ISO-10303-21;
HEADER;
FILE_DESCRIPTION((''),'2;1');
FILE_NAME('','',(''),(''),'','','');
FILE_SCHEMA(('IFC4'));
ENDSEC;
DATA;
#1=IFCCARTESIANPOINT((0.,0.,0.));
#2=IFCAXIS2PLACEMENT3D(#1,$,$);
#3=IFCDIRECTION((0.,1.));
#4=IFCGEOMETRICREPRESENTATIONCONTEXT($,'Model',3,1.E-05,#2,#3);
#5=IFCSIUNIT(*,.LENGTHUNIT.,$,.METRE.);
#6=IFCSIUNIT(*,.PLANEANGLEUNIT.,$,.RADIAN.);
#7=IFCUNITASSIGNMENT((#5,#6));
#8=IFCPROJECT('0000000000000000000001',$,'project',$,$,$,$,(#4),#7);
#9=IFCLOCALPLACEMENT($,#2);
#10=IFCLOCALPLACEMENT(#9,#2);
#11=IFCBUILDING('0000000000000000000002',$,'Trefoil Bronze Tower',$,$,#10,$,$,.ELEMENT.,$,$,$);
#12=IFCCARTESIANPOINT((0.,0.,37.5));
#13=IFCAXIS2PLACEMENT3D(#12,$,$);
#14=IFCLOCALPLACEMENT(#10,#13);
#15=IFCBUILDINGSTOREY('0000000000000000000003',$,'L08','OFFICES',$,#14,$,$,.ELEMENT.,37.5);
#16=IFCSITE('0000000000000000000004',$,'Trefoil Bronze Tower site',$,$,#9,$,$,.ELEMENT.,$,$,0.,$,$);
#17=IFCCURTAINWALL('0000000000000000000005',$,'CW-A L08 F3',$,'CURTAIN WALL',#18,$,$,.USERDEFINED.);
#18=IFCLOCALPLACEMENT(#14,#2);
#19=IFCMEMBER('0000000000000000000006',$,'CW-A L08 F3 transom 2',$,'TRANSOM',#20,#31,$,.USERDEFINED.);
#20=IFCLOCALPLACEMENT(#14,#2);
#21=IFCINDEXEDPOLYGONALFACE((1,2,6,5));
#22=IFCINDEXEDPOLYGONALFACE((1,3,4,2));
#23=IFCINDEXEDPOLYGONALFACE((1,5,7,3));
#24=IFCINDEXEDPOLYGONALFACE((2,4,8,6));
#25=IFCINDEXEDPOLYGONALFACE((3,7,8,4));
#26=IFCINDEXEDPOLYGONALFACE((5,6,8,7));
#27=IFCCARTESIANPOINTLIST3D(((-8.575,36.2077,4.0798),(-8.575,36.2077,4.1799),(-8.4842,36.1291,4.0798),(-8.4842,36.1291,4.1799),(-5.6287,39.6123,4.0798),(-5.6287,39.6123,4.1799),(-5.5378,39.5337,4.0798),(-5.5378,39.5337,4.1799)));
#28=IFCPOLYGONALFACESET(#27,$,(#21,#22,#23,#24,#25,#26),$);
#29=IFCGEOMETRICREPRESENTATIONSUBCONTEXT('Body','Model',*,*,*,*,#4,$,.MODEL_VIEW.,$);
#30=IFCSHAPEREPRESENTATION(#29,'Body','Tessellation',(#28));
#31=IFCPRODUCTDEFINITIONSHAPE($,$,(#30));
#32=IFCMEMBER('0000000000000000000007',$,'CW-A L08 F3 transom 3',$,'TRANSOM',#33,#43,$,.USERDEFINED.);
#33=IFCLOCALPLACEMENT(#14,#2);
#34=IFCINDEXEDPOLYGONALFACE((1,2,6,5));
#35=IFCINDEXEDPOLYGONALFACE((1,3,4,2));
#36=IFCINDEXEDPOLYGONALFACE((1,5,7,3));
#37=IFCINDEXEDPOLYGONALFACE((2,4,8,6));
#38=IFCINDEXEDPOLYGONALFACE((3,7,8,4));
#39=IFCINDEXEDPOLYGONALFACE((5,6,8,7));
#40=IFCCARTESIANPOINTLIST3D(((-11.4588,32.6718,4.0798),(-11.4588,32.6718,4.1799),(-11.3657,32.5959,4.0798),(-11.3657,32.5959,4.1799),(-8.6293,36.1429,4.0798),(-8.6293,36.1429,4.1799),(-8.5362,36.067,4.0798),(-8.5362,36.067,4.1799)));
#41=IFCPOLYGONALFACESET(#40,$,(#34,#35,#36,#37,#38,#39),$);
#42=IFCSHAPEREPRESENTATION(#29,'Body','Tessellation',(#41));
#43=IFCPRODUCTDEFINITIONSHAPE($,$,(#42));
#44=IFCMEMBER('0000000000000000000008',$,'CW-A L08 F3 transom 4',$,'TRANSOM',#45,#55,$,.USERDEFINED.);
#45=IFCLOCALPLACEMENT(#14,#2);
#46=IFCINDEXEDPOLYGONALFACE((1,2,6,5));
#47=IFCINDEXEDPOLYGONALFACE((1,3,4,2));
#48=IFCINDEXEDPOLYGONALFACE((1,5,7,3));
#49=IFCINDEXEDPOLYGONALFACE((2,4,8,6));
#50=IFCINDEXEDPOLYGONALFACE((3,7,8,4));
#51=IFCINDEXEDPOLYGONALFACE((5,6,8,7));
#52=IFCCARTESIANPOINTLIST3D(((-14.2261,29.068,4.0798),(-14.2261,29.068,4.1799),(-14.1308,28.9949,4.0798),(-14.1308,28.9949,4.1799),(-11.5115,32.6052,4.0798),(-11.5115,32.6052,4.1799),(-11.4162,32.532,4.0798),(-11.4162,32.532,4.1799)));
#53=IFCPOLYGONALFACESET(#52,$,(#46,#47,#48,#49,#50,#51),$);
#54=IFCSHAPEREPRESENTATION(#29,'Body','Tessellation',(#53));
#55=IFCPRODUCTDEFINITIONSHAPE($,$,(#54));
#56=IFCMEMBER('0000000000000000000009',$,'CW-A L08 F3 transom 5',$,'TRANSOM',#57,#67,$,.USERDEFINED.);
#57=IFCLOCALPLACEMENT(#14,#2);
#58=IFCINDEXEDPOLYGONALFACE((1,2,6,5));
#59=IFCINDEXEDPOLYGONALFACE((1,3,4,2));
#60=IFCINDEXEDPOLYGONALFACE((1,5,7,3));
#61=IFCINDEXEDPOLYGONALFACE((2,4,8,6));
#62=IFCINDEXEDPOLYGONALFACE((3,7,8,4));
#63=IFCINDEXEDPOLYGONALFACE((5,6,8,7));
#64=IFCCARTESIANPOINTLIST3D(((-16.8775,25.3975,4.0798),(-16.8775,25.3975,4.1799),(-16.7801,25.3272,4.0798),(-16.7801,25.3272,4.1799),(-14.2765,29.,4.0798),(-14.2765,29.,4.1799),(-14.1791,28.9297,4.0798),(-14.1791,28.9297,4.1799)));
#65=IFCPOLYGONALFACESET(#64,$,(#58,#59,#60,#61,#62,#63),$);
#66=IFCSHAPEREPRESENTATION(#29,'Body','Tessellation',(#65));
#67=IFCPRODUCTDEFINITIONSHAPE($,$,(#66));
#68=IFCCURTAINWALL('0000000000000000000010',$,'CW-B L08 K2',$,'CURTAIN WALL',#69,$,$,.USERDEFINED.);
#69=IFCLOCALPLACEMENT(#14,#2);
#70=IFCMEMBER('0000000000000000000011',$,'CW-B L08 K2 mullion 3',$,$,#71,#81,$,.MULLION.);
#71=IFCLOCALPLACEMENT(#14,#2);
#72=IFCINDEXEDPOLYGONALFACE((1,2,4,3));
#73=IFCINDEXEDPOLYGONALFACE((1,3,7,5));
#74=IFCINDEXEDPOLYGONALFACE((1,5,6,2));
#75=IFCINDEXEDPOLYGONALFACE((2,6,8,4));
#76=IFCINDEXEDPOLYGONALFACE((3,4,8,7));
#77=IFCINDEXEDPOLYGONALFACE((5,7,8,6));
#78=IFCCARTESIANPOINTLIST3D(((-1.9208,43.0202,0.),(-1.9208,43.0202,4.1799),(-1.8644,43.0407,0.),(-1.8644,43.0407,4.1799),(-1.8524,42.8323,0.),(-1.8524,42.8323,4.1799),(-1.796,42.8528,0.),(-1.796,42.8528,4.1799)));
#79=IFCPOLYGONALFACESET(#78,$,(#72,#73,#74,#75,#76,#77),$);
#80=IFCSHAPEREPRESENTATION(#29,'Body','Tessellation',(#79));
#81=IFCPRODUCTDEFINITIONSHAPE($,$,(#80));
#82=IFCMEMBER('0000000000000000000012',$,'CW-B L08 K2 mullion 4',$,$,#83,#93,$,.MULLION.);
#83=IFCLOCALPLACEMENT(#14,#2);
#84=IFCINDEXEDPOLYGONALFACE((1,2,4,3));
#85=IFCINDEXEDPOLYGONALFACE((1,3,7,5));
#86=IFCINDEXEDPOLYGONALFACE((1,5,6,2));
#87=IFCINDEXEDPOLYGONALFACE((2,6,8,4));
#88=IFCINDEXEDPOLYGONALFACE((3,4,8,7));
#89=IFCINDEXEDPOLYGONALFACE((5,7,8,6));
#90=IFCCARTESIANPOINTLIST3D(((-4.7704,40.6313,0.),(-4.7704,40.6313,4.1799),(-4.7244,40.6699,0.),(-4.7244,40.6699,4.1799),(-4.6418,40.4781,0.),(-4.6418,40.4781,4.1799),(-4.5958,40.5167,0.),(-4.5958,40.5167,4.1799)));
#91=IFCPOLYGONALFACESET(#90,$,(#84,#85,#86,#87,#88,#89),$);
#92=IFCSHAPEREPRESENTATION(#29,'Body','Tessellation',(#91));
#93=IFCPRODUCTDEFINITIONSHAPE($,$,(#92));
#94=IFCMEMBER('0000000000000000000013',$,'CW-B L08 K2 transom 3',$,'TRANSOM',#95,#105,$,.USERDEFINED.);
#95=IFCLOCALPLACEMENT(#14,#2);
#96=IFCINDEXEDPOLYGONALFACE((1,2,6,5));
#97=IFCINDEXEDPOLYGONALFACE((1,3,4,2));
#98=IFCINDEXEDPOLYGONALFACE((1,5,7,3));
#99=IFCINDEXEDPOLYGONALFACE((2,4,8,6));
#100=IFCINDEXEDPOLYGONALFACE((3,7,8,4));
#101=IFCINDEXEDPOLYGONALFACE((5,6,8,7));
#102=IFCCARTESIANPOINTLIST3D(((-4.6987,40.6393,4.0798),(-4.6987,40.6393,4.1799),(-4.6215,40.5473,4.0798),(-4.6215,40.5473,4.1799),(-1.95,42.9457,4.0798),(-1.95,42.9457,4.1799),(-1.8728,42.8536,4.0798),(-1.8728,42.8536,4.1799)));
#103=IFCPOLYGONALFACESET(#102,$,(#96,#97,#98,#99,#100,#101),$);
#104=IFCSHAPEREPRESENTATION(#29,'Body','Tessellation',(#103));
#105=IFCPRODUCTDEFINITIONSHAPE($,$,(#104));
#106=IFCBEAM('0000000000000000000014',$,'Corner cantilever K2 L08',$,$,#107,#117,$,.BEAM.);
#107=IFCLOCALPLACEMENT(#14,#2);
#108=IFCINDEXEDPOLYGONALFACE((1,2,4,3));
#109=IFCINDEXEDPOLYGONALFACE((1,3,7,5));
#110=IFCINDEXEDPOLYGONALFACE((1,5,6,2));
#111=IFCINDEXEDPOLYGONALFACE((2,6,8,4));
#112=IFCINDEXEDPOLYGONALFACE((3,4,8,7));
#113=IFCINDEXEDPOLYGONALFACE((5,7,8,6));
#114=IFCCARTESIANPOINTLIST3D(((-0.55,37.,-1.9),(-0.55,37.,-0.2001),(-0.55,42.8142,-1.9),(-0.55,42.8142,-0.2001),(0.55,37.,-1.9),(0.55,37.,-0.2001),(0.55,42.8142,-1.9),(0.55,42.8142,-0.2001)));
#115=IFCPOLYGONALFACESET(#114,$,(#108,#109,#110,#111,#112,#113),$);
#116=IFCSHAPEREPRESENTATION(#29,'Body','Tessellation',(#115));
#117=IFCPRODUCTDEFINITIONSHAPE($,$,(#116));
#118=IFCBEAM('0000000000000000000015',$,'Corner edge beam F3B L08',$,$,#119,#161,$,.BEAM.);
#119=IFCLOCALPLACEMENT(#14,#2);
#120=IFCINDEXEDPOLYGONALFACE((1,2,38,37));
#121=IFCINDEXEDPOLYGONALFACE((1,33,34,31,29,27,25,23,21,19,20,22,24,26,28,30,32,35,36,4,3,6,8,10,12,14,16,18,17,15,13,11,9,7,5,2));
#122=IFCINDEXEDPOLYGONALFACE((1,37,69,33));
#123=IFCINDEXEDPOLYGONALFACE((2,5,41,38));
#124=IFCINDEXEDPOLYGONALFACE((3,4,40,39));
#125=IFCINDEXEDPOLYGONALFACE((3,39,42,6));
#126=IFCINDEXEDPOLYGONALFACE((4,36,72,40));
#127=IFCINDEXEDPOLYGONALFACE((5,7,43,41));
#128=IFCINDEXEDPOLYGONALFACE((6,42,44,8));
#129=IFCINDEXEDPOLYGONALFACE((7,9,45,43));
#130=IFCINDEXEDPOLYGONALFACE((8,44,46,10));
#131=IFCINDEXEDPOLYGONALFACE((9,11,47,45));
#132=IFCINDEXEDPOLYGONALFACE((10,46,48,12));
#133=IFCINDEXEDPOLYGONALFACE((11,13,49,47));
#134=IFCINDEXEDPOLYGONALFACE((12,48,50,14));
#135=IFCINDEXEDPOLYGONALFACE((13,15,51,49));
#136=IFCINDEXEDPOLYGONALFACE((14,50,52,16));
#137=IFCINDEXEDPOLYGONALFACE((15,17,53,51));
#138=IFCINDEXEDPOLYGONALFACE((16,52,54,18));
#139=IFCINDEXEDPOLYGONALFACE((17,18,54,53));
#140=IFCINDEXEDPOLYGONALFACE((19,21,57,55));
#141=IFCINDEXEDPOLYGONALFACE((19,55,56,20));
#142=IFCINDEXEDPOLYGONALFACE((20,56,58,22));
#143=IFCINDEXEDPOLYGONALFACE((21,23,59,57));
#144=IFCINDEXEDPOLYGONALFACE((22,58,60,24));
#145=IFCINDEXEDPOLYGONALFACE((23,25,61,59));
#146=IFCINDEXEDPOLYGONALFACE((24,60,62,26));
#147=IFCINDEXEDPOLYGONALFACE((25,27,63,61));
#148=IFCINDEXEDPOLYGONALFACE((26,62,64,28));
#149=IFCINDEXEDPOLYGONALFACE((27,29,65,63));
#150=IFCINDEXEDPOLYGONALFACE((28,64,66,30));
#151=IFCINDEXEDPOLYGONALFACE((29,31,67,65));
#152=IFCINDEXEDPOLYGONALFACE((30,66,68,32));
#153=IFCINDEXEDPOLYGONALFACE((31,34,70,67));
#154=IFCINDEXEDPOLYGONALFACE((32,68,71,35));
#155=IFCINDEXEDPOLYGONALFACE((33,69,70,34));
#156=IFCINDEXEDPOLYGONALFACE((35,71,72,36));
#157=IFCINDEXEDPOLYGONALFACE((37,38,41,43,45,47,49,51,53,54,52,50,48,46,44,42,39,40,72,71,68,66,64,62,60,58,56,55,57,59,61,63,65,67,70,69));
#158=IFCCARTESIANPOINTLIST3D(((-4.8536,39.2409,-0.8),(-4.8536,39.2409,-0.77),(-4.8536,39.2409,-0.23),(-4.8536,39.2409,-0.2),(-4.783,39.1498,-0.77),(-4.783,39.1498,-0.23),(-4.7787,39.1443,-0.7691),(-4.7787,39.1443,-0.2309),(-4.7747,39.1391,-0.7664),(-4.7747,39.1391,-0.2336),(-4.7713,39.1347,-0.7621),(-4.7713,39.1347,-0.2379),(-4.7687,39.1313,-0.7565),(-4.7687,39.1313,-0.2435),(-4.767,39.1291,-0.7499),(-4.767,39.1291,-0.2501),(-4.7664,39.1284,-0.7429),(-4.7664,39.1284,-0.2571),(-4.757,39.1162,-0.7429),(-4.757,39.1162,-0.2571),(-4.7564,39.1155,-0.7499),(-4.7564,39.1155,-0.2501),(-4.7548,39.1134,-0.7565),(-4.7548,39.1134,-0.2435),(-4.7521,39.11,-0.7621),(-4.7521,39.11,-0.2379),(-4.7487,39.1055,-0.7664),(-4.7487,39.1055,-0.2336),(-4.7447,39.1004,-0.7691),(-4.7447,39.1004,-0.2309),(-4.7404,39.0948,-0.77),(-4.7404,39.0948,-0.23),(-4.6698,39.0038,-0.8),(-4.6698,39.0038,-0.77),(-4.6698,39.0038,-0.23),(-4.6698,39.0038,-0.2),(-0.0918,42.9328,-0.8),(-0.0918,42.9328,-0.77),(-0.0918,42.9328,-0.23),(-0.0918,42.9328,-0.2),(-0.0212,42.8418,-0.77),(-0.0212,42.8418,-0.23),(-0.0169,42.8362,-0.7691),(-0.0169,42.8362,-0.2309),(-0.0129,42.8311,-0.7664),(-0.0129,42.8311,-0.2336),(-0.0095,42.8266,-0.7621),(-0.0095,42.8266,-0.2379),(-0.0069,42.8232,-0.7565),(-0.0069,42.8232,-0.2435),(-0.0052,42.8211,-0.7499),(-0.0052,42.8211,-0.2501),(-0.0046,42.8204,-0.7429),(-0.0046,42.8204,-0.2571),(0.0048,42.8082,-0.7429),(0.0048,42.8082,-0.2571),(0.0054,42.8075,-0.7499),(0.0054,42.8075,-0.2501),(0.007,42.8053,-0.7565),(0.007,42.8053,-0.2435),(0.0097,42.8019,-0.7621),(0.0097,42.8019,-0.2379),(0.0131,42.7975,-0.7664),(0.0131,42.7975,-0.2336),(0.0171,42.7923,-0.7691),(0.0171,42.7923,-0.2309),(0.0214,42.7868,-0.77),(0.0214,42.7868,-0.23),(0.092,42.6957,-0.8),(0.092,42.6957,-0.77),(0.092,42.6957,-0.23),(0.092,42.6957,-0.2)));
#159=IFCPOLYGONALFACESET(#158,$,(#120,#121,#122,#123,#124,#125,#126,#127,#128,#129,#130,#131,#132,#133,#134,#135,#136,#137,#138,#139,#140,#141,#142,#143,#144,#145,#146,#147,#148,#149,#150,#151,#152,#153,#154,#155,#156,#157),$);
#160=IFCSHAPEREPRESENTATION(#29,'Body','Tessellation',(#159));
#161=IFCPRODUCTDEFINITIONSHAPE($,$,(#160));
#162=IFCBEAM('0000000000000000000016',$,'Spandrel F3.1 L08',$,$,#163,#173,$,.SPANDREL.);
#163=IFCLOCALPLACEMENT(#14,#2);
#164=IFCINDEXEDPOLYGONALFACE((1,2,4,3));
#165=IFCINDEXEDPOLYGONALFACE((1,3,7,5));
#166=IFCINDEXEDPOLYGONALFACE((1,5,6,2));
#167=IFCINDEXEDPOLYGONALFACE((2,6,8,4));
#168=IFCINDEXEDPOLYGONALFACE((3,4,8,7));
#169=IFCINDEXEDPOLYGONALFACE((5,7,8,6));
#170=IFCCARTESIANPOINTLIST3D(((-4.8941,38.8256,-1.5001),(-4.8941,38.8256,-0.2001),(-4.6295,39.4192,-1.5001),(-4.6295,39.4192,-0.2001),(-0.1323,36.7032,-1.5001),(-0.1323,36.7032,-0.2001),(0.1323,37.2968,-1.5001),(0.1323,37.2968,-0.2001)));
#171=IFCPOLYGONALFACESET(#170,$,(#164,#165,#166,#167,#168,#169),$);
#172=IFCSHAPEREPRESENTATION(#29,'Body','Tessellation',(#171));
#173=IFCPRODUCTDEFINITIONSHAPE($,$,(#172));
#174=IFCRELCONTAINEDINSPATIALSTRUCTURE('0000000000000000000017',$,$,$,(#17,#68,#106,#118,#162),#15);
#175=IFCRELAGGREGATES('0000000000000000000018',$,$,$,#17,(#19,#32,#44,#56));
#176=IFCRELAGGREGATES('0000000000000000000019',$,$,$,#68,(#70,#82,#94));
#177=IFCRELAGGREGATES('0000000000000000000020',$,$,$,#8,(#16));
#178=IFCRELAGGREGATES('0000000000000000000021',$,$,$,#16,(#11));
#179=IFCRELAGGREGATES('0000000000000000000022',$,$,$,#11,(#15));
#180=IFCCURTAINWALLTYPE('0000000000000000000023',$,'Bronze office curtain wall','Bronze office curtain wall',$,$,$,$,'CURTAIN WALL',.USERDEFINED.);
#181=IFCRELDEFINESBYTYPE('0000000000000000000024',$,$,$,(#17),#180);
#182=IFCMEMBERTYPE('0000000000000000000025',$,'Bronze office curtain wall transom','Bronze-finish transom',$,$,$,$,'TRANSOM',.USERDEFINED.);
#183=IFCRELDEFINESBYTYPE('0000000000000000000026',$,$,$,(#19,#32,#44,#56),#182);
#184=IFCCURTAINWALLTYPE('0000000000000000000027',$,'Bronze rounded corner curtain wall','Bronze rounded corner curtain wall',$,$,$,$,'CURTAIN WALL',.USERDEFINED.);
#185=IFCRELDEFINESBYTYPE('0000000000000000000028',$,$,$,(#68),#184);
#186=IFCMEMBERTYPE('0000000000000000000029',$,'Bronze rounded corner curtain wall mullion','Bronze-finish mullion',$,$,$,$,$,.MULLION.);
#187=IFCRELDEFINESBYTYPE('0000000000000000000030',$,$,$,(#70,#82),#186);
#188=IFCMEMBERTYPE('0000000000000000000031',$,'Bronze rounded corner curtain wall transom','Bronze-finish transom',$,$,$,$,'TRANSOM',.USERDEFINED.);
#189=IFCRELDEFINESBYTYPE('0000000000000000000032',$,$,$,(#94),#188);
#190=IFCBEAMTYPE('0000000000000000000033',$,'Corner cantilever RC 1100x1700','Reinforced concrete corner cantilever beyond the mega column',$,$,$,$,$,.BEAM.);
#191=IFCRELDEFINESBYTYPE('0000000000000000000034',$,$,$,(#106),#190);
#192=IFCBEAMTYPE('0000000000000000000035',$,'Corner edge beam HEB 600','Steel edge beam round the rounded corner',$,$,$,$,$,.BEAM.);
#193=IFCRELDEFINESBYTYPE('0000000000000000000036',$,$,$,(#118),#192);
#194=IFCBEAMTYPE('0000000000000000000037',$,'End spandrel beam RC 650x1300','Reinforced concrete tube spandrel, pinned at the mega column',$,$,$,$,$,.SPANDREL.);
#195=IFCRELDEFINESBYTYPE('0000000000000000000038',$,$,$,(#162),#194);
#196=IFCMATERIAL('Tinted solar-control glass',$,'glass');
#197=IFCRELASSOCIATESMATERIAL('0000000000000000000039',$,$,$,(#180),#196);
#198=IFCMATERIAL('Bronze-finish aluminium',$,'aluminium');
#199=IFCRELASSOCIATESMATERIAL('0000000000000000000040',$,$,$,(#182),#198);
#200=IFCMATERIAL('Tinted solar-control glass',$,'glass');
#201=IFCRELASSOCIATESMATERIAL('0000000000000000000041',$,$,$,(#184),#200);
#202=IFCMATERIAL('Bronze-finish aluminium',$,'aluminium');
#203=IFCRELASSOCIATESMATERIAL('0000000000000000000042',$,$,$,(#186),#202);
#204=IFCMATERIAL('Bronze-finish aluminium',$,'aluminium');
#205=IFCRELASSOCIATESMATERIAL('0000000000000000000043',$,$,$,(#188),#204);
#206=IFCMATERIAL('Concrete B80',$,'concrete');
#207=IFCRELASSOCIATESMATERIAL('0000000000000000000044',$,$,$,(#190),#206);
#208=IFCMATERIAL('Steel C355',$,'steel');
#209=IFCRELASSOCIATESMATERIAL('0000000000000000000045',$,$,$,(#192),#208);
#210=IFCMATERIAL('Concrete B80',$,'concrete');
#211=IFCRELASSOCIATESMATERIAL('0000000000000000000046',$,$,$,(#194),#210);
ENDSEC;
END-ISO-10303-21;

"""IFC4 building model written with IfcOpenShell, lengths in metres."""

from ifc_helpers import new_model, si_unit, direction, frame, origin, origin_2d, place, context, subcontext, project, spatial, rectangle, i_section, extrude, material, material_profile, profile_set, type_object, element, aggregate, save


model = new_model("IFC4")

# Units and contexts
model_context = context("Model", 3, precision=1e-05, world=origin(), true_north=direction((0.0, 1.0)))
body_context = subcontext(model_context, "Body", "Model", "MODEL_VIEW")
ifc_project = project(units=[si_unit("LENGTHUNIT", "METRE"), si_unit("PLANEANGLEUNIT", "RADIAN")], contexts=[model_context])

# Site, building, storey
site_placement = place(None, origin())
site = spatial("IfcSite", under=ifc_project, at=site_placement, Name="Trefoil Bronze Tower site", CompositionType="ELEMENT", RefElevation=0.0)
building_placement = place(site_placement, origin())
building = spatial("IfcBuilding", under=site, at=building_placement, Name="Trefoil Bronze Tower", CompositionType="ELEMENT")
storey_placement = place(building_placement, frame((0.0, 0.0, 37.5)))
storey = spatial("IfcBuildingStorey", under=building, at=storey_placement, Name="L08", Description="OFFICES", CompositionType="ELEMENT", Elevation=37.5)

# Curtain walls, members
ifc_material_1 = material(Name="Tinted solar-control glass", Category="glass")
curtain_wall_type_1 = type_object("IfcCurtainWallType", Name="Bronze office curtain wall", Description="Bronze office curtain wall", ElementType="CURTAIN WALL", PredefinedType="USERDEFINED", material=ifc_material_1)
curtain_wall_1_placement = place(storey_placement, origin())
curtain_wall_1 = element("IfcCurtainWall", 1, at=curtain_wall_1_placement, inside=storey, type_object=curtain_wall_type_1, Name="CW-A L08 F3", ObjectType="CURTAIN WALL", PredefinedType="USERDEFINED")
ifc_material_2 = material(Name="Bronze-finish aluminium", Category="aluminium")
ifc_material_profile_1 = material_profile(ifc_material_2, rectangle(XDim=0.1201, YDim=0.1001, at=origin_2d()), Name="CW-A transom")
ifc_profile_set_1 = profile_set([ifc_material_profile_1], Name="Bronze-finish aluminium")
member_type_1 = type_object("IfcMemberType", Name="Bronze office curtain wall transom", Description="Bronze-finish transom", ElementType="TRANSOM", PredefinedType="USERDEFINED", material=ifc_profile_set_1)
member_1_placement = place(storey_placement, frame((-5.5833, 39.573, 4.1299), z_axis=(-0.654383, -0.756163, 0.0), x_axis=(0.756163, -0.654383, 0.0)))
member_1 = element("IfcMember", 2, at=member_1_placement, type_object=member_type_1, Name="CW-A L08 F3 transom 2", ObjectType="TRANSOM", PredefinedType="USERDEFINED", context=body_context, shape_type="SweptSolid", body=[
    extrude(rectangle(XDim=0.1201, YDim=0.1001, at=origin_2d()), origin(), (0.0, 0.0, 1.0), 4.5024),
])
member_2_placement = place(storey_placement, frame((-8.5828, 36.105, 4.1299), z_axis=(-0.631836, -0.775102, 0.0), x_axis=(0.775102, -0.631836, 0.0)))
member_2 = element("IfcMember", 3, at=member_2_placement, type_object=member_type_1, Name="CW-A L08 F3 transom 3", ObjectType="TRANSOM", PredefinedType="USERDEFINED", context=body_context, shape_type="SweptSolid", body=[
    extrude(rectangle(XDim=0.1201, YDim=0.1001, at=origin_2d()), origin(), (0.0, 0.0, 1.0), 4.4783),
])
member_3_placement = place(storey_placement, frame((-11.4639, 32.5686, 4.1299), z_axis=(-0.608829, -0.793301, 0.0), x_axis=(0.793301, -0.608829, 0.0)))
member_3 = element("IfcMember", 4, at=member_3_placement, type_object=member_type_1, Name="CW-A L08 F3 transom 4", ObjectType="TRANSOM", PredefinedType="USERDEFINED", context=body_context, shape_type="SweptSolid", body=[
    extrude(rectangle(XDim=0.1201, YDim=0.1001, at=origin_2d()), origin(), (0.0, 0.0, 1.0), 4.4587),
])
member_4_placement = place(storey_placement, frame((-14.2278, 28.9648, 4.1299), z_axis=(-0.585378, -0.81076, 0.0), x_axis=(0.81076, -0.585378, 0.0)))
member_4 = element("IfcMember", 5, at=member_4_placement, type_object=member_type_1, Name="CW-A L08 F3 transom 5", ObjectType="TRANSOM", PredefinedType="USERDEFINED", context=body_context, shape_type="SweptSolid", body=[
    extrude(rectangle(XDim=0.1201, YDim=0.1001, at=origin_2d()), origin(), (0.0, 0.0, 1.0), 4.4434),
])
ifc_material_3 = material(Name="Tinted solar-control glass", Category="glass")
curtain_wall_type_2 = type_object("IfcCurtainWallType", Name="Bronze rounded corner curtain wall", Description="Bronze rounded corner curtain wall", ElementType="CURTAIN WALL", PredefinedType="USERDEFINED", material=ifc_material_3)
curtain_wall_2_placement = place(storey_placement, origin())
curtain_wall_2 = element("IfcCurtainWall", 6, at=curtain_wall_2_placement, inside=storey, type_object=curtain_wall_type_2, Name="CW-B L08 K2", ObjectType="CURTAIN WALL", PredefinedType="USERDEFINED")
ifc_material_4 = material(Name="Bronze-finish aluminium", Category="aluminium")
ifc_material_profile_2 = material_profile(ifc_material_4, rectangle(XDim=0.2, YDim=0.0601, at=origin_2d()), Name="CW-B mullion")
ifc_profile_set_2 = profile_set([ifc_material_profile_2], Name="Bronze-finish aluminium")
member_type_2 = type_object("IfcMemberType", Name="Bronze rounded corner curtain wall mullion", Description="Bronze-finish mullion", PredefinedType="MULLION", material=ifc_profile_set_2)
member_5_placement = place(storey_placement, frame((-1.8584, 42.9365, 0.0), z_axis=(0.0, 0.0, 1.0), x_axis=(0.34202, -0.939693, 0.0)))
member_5 = element("IfcMember", 7, at=member_5_placement, type_object=member_type_2, Name="CW-B L08 K2 mullion 3", PredefinedType="MULLION", context=body_context, shape_type="SweptSolid", body=[
    extrude(rectangle(XDim=0.2, YDim=0.0601, at=origin_2d()), origin(), (0.0, 0.0, 1.0), 4.1799),
])
member_6_placement = place(storey_placement, frame((-4.6831, 40.574, 0.0), z_axis=(0.0, 0.0, 1.0), x_axis=(0.642788, -0.766044, 0.0)))
member_6 = element("IfcMember", 8, at=member_6_placement, type_object=member_type_2, Name="CW-B L08 K2 mullion 4", PredefinedType="MULLION", context=body_context, shape_type="SweptSolid", body=[
    extrude(rectangle(XDim=0.2, YDim=0.0601, at=origin_2d()), origin(), (0.0, 0.0, 1.0), 4.1799),
])
ifc_material_5 = material(Name="Bronze-finish aluminium", Category="aluminium")
ifc_material_profile_3 = material_profile(ifc_material_5, rectangle(XDim=0.1201, YDim=0.1001, at=origin_2d()), Name="CW-B transom")
ifc_profile_set_3 = profile_set([ifc_material_profile_3], Name="Bronze-finish aluminium")
member_type_3 = type_object("IfcMemberType", Name="Bronze rounded corner curtain wall transom", Description="Bronze-finish transom", ElementType="TRANSOM", PredefinedType="USERDEFINED", material=ifc_profile_set_3)
member_7_placement = place(storey_placement, frame((-1.9114, 42.8997, 4.1299), z_axis=(-0.766059, -0.642771, 0.0), x_axis=(0.642771, -0.766059, 0.0)))
member_7 = element("IfcMember", 9, at=member_7_placement, type_object=member_type_3, Name="CW-B L08 K2 transom 3", ObjectType="TRANSOM", PredefinedType="USERDEFINED", context=body_context, shape_type="SweptSolid", body=[
    extrude(rectangle(XDim=0.1201, YDim=0.1001, at=origin_2d()), origin(), (0.0, 0.0, 1.0), 3.5881),
])

# Beams
ifc_material_6 = material(Name="Concrete B80", Category="concrete")
ifc_material_profile_4 = material_profile(ifc_material_6, rectangle(XDim=1.1001, YDim=1.7, at=origin_2d()), Name="RC 1100x1700")
ifc_profile_set_4 = profile_set([ifc_material_profile_4], Name="Concrete B80")
beam_type_1 = type_object("IfcBeamType", Name="Corner cantilever RC 1100x1700", Description="Reinforced concrete corner cantilever beyond the mega column", PredefinedType="BEAM", material=ifc_profile_set_4)
beam_1_placement = place(storey_placement, frame((0.0, 37.0, -1.05), z_axis=(0.0, 1.0, 0.0), x_axis=(-1.0, 0.0, 0.0)))
element("IfcBeam", 10, at=beam_1_placement, inside=storey, type_object=beam_type_1, Name="Corner cantilever K2 L08", PredefinedType="BEAM", context=body_context, shape_type="SweptSolid", body=[
    extrude(rectangle(XDim=1.1001, YDim=1.7, at=origin_2d()), origin(), (0.0, 0.0, 1.0), 5.8142),
])
ifc_material_7 = material(Name="Steel C355", Category="steel")
ifc_material_profile_5 = material_profile(ifc_material_7, i_section(OverallWidth=0.3, OverallDepth=0.6001, WebThickness=0.0154, FlangeThickness=0.03, FilletRadius=0.0271, at=origin_2d()), Name="HEB 600")
ifc_profile_set_5 = profile_set([ifc_material_profile_5], Name="Steel C355")
beam_type_2 = type_object("IfcBeamType", Name="Corner edge beam HEB 600", Description="Steel edge beam round the rounded corner", PredefinedType="BEAM", material=ifc_profile_set_5)
beam_2_placement = place(storey_placement, frame((-4.7617, 39.1223, -0.5), z_axis=(0.790289, 0.612734, 0.0), x_axis=(-0.612734, 0.790289, 0.0)))
element("IfcBeam", 11, at=beam_2_placement, inside=storey, type_object=beam_type_2, Name="Corner edge beam F3B L08", PredefinedType="BEAM", context=body_context, shape_type="SweptSolid", body=[
    extrude(i_section(OverallWidth=0.3, OverallDepth=0.6001, WebThickness=0.0154, FlangeThickness=0.03, FilletRadius=0.0271, at=origin_2d()), origin(), (0.0, 0.0, 1.0), 6.0254),
])
ifc_material_8 = material(Name="Concrete B80", Category="concrete")
ifc_material_profile_6 = material_profile(ifc_material_8, rectangle(XDim=0.6499, YDim=1.3, at=origin_2d()), Name="RC 650x1300")
ifc_profile_set_6 = profile_set([ifc_material_profile_6], Name="Concrete B80")
beam_type_3 = type_object("IfcBeamType", Name="End spandrel beam RC 650x1300", Description="Reinforced concrete tube spandrel, pinned at the mega column", PredefinedType="SPANDREL", material=ifc_profile_set_6)
beam_3_placement = place(storey_placement, frame((0.0, 37.0, -0.8501), z_axis=(-0.913384, 0.407099, 0.0), x_axis=(-0.407099, -0.913384, 0.0)))
element("IfcBeam", 12, at=beam_3_placement, inside=storey, type_object=beam_type_3, Name="Spandrel F3.1 L08", PredefinedType="SPANDREL", context=body_context, shape_type="SweptSolid", body=[
    extrude(rectangle(XDim=0.6499, YDim=1.3, at=origin_2d()), origin(), (0.0, 0.0, 1.0), 5.2134),
])

aggregate(curtain_wall_1, [member_1, member_2, member_3, member_4])
aggregate(curtain_wall_2, [member_5, member_6, member_7])

save(model, "model.ifc")
